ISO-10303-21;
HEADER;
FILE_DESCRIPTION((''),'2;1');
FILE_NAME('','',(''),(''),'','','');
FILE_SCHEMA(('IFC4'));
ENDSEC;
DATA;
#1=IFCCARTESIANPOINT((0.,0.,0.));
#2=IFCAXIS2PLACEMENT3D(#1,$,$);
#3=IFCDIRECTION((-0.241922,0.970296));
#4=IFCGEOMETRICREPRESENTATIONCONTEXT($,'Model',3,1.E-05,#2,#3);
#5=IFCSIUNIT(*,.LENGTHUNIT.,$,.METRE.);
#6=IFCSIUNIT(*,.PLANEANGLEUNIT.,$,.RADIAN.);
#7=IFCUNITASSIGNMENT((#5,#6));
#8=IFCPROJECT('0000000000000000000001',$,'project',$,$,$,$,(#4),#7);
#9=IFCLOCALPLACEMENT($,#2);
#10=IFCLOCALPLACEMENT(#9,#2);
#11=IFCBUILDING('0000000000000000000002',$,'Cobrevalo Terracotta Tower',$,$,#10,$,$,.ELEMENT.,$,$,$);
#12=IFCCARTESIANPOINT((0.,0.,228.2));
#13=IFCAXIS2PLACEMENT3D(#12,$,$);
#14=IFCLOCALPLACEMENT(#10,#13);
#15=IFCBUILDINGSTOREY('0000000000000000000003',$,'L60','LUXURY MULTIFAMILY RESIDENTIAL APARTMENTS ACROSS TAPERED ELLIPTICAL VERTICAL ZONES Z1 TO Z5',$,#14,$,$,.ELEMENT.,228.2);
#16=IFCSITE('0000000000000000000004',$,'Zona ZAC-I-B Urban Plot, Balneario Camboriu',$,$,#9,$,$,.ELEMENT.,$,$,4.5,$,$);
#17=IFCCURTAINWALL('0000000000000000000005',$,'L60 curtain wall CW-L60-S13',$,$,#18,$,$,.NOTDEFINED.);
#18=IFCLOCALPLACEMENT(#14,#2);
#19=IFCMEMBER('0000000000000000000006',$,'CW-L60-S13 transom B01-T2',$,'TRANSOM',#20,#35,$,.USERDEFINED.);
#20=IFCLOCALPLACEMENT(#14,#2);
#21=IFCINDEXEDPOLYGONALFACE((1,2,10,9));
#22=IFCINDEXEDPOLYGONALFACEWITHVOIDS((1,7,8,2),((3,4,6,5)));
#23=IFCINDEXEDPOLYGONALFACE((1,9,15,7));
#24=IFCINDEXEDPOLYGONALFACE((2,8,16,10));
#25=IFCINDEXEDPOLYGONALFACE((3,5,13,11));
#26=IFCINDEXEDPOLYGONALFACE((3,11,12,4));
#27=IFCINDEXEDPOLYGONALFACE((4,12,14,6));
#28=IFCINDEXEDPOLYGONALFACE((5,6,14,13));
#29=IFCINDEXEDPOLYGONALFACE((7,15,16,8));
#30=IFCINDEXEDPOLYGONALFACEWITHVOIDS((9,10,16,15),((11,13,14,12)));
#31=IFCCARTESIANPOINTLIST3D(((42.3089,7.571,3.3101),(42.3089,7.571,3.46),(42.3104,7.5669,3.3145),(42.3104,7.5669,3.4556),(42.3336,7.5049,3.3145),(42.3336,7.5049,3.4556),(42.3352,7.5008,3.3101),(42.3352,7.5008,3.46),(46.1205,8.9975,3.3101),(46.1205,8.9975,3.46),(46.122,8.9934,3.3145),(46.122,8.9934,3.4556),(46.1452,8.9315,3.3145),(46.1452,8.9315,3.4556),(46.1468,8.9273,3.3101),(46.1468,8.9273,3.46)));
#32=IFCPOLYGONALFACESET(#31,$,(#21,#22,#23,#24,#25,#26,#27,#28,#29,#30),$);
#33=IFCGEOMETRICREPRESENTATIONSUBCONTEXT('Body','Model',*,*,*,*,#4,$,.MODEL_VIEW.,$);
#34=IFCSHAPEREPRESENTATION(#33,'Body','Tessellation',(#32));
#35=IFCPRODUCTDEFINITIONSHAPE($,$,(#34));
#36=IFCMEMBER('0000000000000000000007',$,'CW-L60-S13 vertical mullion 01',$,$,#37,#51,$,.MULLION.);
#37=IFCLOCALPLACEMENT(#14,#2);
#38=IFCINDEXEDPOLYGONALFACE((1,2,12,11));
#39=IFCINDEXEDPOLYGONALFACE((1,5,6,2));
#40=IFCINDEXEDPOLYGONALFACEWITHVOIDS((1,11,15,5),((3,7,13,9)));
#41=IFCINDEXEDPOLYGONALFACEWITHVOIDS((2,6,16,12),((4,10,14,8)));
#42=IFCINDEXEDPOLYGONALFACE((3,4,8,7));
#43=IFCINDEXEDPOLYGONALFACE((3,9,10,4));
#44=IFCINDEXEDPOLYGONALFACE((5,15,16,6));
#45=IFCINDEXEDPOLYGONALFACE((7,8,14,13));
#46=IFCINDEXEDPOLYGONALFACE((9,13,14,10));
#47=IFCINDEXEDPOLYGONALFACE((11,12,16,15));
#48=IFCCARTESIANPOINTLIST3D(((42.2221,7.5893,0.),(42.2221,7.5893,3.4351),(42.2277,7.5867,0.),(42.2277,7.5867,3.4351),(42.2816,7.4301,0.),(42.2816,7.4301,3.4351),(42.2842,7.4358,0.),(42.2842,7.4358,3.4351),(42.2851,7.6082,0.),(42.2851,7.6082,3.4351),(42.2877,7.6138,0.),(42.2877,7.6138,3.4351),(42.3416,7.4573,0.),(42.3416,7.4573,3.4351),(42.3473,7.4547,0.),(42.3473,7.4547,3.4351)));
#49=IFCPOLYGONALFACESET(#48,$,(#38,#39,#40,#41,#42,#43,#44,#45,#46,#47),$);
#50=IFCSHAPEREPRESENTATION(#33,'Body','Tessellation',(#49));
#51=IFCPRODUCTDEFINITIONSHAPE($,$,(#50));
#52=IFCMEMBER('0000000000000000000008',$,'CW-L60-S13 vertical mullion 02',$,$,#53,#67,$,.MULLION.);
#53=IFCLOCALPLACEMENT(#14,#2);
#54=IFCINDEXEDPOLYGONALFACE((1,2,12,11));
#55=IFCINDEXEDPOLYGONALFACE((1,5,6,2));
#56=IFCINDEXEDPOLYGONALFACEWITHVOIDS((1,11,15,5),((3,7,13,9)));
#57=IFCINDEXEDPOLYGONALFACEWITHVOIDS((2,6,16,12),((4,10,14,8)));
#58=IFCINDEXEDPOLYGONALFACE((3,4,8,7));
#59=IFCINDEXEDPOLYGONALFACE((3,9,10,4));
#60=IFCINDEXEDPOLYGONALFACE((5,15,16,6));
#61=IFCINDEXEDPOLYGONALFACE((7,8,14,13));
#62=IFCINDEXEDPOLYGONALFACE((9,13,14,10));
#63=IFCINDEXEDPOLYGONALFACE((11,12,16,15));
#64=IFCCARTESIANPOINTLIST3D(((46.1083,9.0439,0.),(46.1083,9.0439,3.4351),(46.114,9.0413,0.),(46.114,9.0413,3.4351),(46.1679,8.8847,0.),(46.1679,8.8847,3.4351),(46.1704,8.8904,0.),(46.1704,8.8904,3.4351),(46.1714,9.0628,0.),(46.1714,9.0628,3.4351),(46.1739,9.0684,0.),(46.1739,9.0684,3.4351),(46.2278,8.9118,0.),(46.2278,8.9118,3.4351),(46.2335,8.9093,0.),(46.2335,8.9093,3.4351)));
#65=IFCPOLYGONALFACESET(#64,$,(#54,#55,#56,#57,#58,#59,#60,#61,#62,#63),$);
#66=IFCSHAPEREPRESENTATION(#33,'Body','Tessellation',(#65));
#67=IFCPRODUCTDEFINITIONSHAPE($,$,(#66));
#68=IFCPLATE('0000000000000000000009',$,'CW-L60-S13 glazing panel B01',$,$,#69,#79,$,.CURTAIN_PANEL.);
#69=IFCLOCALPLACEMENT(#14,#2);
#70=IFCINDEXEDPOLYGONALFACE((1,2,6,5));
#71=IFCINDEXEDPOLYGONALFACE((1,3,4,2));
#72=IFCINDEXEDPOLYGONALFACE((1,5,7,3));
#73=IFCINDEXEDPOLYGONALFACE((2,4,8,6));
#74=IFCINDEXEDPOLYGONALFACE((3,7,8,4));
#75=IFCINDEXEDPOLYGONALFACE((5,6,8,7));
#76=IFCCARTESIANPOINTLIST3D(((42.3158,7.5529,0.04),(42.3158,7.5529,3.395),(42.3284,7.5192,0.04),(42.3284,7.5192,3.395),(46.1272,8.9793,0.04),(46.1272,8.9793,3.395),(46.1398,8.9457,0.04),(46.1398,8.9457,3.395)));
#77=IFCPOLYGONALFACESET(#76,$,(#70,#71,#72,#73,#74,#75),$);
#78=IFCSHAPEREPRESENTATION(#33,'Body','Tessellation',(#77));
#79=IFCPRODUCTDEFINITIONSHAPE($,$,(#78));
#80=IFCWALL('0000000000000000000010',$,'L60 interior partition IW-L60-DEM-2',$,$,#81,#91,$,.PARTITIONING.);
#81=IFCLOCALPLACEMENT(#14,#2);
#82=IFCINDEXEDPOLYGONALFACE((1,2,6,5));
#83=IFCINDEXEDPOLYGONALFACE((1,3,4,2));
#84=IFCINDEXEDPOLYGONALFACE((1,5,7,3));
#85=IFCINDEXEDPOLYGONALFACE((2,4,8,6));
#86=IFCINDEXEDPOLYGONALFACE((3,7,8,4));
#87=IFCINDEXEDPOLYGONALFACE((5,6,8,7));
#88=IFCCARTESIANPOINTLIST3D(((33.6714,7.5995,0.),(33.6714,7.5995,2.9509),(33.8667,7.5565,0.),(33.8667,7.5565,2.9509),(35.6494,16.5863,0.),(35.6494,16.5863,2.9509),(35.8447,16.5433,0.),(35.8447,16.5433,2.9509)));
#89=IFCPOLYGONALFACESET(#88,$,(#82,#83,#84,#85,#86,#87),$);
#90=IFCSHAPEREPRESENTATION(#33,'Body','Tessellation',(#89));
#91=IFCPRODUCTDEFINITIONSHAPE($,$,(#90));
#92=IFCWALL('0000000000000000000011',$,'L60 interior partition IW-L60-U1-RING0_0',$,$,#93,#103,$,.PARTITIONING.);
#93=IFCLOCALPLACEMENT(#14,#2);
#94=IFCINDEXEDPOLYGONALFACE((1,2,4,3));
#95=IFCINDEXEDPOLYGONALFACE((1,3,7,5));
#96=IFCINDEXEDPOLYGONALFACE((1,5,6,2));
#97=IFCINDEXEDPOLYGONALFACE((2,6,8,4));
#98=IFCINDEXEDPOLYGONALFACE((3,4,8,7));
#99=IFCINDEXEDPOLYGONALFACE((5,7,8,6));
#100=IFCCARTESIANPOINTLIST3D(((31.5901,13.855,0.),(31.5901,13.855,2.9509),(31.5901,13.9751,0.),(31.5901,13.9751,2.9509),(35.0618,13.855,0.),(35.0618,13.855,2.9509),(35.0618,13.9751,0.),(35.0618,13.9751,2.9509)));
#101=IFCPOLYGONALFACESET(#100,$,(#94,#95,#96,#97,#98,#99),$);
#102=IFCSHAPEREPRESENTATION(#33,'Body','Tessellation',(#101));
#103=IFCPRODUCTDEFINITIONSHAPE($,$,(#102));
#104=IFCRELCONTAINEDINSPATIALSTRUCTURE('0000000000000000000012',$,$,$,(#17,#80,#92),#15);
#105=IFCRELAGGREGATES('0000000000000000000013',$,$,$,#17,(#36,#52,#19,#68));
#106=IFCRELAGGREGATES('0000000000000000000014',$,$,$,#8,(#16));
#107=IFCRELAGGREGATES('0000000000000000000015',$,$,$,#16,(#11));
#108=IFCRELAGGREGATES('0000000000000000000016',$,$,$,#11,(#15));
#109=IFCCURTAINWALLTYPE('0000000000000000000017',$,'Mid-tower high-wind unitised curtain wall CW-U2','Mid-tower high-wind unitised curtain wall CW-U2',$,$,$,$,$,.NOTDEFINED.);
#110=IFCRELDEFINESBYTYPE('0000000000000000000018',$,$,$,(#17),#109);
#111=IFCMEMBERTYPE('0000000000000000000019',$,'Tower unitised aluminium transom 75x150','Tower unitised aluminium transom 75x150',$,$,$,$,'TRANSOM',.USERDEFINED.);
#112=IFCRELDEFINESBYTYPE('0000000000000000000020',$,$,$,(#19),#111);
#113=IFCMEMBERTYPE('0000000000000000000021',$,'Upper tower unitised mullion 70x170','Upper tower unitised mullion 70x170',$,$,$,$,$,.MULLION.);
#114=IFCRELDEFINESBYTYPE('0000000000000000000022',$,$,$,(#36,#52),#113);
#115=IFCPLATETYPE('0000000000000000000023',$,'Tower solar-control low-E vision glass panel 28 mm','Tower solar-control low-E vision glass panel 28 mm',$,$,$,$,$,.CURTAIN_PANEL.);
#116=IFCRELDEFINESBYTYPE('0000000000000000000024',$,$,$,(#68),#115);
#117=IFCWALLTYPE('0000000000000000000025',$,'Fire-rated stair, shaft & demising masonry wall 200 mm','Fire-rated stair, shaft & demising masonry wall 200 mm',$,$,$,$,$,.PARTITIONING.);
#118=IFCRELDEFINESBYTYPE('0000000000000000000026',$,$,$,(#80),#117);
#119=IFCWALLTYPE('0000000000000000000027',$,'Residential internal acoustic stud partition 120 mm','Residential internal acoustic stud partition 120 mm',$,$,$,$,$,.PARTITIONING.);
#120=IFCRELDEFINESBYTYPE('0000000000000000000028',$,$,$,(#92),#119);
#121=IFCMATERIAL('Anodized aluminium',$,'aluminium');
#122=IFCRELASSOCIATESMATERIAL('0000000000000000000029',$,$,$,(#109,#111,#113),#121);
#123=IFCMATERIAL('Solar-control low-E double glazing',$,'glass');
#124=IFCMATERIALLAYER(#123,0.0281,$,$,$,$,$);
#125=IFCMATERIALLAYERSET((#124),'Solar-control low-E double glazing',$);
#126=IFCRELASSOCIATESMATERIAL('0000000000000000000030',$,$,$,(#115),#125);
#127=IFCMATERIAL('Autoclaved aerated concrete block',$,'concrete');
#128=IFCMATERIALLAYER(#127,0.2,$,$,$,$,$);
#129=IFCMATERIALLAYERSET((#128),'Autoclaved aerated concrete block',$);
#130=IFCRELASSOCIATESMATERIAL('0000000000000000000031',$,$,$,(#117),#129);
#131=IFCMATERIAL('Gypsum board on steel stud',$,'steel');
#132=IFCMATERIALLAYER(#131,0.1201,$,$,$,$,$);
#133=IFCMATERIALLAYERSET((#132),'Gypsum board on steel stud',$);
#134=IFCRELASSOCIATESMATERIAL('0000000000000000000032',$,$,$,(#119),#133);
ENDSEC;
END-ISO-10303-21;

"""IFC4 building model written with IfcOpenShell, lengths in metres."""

from ifc_helpers import new_model, si_unit, direction, frame, frame_2d, origin, origin_2d, place, context, subcontext, project, spatial, rectangle, hollow_rectangle, extrude, source, transform, mapped, material, layer, layer_set, material_profile, profile_set, type_object, element, aggregate, save


model = new_model("IFC4")

# Units and contexts
model_context = context("Model", 3, precision=1e-05, world=origin(), true_north=direction((-0.241922, 0.970296)))
body_context = subcontext(model_context, "Body", "Model", "MODEL_VIEW")
ifc_project = project(units=[si_unit("LENGTHUNIT", "METRE"), si_unit("PLANEANGLEUNIT", "RADIAN")], contexts=[model_context])

# Site, building, storey
site_placement = place(None, origin())
site = spatial("IfcSite", under=ifc_project, at=site_placement, Name="Zona ZAC-I-B Urban Plot, Balneario Camboriu", CompositionType="ELEMENT", RefElevation=4.5)
building_placement = place(site_placement, origin())
building = spatial("IfcBuilding", under=site, at=building_placement, Name="Cobrevalo Terracotta Tower", CompositionType="ELEMENT")
storey_placement = place(building_placement, frame((0.0, 0.0, 228.2)))
storey = spatial("IfcBuildingStorey", under=building, at=storey_placement, Name="L60", Description="LUXURY MULTIFAMILY RESIDENTIAL APARTMENTS ACROSS TAPERED ELLIPTICAL VERTICAL ZONES Z1 TO Z5", CompositionType="ELEMENT", Elevation=228.2)

# Curtain wall, members, plate
ifc_material_1 = material(Name="Anodized aluminium", Category="aluminium")
curtain_wall_type = type_object("IfcCurtainWallType", Name="Mid-tower high-wind unitised curtain wall CW-U2", Description="Mid-tower high-wind unitised curtain wall CW-U2", PredefinedType="NOTDEFINED", material=ifc_material_1)
curtain_wall_placement = place(storey_placement, origin())
curtain_wall = element("IfcCurtainWall", 1, at=curtain_wall_placement, inside=storey, type_object=curtain_wall_type, Name="L60 curtain wall CW-L60-S13", PredefinedType="NOTDEFINED")
ifc_material_profile_1 = material_profile(ifc_material_1, hollow_rectangle(XDim=0.075, YDim=0.1499, WallThickness=0.0044, at=origin_2d()), Name="CWT 75x150")
ifc_profile_set_1 = profile_set([ifc_material_profile_1], Name="Anodized aluminium")
member_type_1 = type_object("IfcMemberType", Name="Tower unitised aluminium transom 75x150", Description="Tower unitised aluminium transom 75x150", ElementType="TRANSOM", PredefinedType="USERDEFINED", material=ifc_profile_set_1)
shared_shape_1 = source(origin(), body_context, "Body", "SweptSolid", [
    extrude(hollow_rectangle(XDim=0.075, YDim=0.1499, WallThickness=0.0044, at=origin_2d()), origin(), (0.0, 0.0, 1.0), 4.0698),
])
member_1_placement = place(storey_placement, frame((42.322, 7.5359, 3.385), z_axis=(0.936556, 0.350519, 0.0), x_axis=(-0.350519, 0.936556, 0.0)))
member_1 = element("IfcMember", 2, at=member_1_placement, type_object=member_type_1, Name="CW-L60-S13 transom B01-T2", ObjectType="TRANSOM", PredefinedType="USERDEFINED", context=body_context, shape_type="MappedRepresentation", body=[
    mapped(shared_shape_1, transform((0.0, 0.0, 0.0), scale=1.0)),
])
ifc_material_profile_2 = material_profile(ifc_material_1, hollow_rectangle(XDim=0.0701, YDim=0.1699, WallThickness=0.0044, at=origin_2d()), Name="CWM 70x170")
ifc_profile_set_2 = profile_set([ifc_material_profile_2], Name="Anodized aluminium")
member_type_2 = type_object("IfcMemberType", Name="Upper tower unitised mullion 70x170", Description="Upper tower unitised mullion 70x170", PredefinedType="MULLION", material=ifc_profile_set_2)
shared_shape_2 = source(origin(), body_context, "Body", "SweptSolid", [
    extrude(hollow_rectangle(XDim=0.0701, YDim=0.1699, WallThickness=0.0044, at=origin_2d()), origin(), (0.0, 0.0, 1.0), 3.4351),
])
member_2_placement = place(storey_placement, frame((42.2847, 7.522, 0.0), z_axis=(0.0, 0.0, 1.0), x_axis=(0.936556, 0.350518, 0.0)))
member_2 = element("IfcMember", 3, at=member_2_placement, type_object=member_type_2, Name="CW-L60-S13 vertical mullion 01", PredefinedType="MULLION", context=body_context, shape_type="MappedRepresentation", body=[
    mapped(shared_shape_2, transform((0.0, 0.0, 0.0), scale=1.0)),
])
member_3_placement = place(storey_placement, frame((46.1709, 8.9766, 0.0), z_axis=(0.0, 0.0, 1.0), x_axis=(0.936556, 0.350518, 0.0)))
member_3 = element("IfcMember", 4, at=member_3_placement, type_object=member_type_2, Name="CW-L60-S13 vertical mullion 02", PredefinedType="MULLION", context=body_context, shape_type="MappedRepresentation", body=[
    mapped(shared_shape_2, transform((0.0, 0.0, 0.0), scale=1.0)),
])
ifc_material_2 = material(Name="Solar-control low-E double glazing", Category="glass")
ifc_layer_1 = layer(ifc_material_2, 0.0281)
ifc_layer_set_1 = layer_set([ifc_layer_1], Name="Solar-control low-E double glazing")
plate_type = type_object("IfcPlateType", Name="Tower solar-control low-E vision glass panel 28 mm", Description="Tower solar-control low-E vision glass panel 28 mm", PredefinedType="CURTAIN_PANEL", material=ifc_layer_set_1)
shared_shape_3 = source(origin(), body_context, "Body", "SweptSolid", [
    extrude(rectangle(XDim=4.0696, YDim=0.0359, at=origin_2d()), origin(), (0.0, 0.0, 1.0), 3.355),
])
plate_placement = place(storey_placement, frame((44.2278, 8.2493, 0.04), z_axis=(0.0, 0.0, 1.0), x_axis=(0.936558, 0.350513, 0.0)))
plate = element("IfcPlate", 5, at=plate_placement, type_object=plate_type, Name="CW-L60-S13 glazing panel B01", PredefinedType="CURTAIN_PANEL", context=body_context, shape_type="MappedRepresentation", body=[
    mapped(shared_shape_3, transform((0.0, 0.0, 0.0), scale=1.0)),
])
aggregate(curtain_wall, [member_2, member_3, member_1, plate])

# Walls
ifc_material_3 = material(Name="Autoclaved aerated concrete block", Category="concrete")
ifc_layer_2 = layer(ifc_material_3, 0.2)
ifc_layer_set_2 = layer_set([ifc_layer_2], Name="Autoclaved aerated concrete block")
wall_type_1 = type_object("IfcWallType", Name="Fire-rated stair, shaft & demising masonry wall 200 mm", Description="Fire-rated stair, shaft & demising masonry wall 200 mm", PredefinedType="PARTITIONING", material=ifc_layer_set_2)
wall_1_placement = place(storey_placement, frame((35.7471, 16.5649, 0.0), z_axis=(0.0, 0.0, 1.0), x_axis=(-0.214958, -0.976623, 0.0)))
element("IfcWall", 6, at=wall_1_placement, inside=storey, type_object=wall_type_1, Name="L60 interior partition IW-L60-DEM-2", PredefinedType="PARTITIONING", context=body_context, shape_type="SweptSolid", body=[
    extrude(rectangle(XDim=9.2019, YDim=0.2, at=frame_2d((4.6011, 0.0))), origin(), (0.0, 0.0, 1.0), 2.9509),
])
ifc_material_4 = material(Name="Gypsum board on steel stud", Category="steel")
ifc_layer_3 = layer(ifc_material_4, 0.1201)
ifc_layer_set_3 = layer_set([ifc_layer_3], Name="Gypsum board on steel stud")
wall_type_2 = type_object("IfcWallType", Name="Residential internal acoustic stud partition 120 mm", Description="Residential internal acoustic stud partition 120 mm", PredefinedType="PARTITIONING", material=ifc_layer_set_3)
wall_2_placement = place(storey_placement, frame((35.0618, 13.915, 0.0), z_axis=(0.0, 0.0, 1.0), x_axis=(-1.0, 0.0, 0.0)))
element("IfcWall", 7, at=wall_2_placement, inside=storey, type_object=wall_type_2, Name="L60 interior partition IW-L60-U1-RING0_0", PredefinedType="PARTITIONING", context=body_context, shape_type="SweptSolid", body=[
    extrude(rectangle(XDim=3.4717, YDim=0.1201, at=frame_2d((1.7358, 0.0))), origin(), (0.0, 0.0, 1.0), 2.9509),
])

save(model, "model.ifc")
